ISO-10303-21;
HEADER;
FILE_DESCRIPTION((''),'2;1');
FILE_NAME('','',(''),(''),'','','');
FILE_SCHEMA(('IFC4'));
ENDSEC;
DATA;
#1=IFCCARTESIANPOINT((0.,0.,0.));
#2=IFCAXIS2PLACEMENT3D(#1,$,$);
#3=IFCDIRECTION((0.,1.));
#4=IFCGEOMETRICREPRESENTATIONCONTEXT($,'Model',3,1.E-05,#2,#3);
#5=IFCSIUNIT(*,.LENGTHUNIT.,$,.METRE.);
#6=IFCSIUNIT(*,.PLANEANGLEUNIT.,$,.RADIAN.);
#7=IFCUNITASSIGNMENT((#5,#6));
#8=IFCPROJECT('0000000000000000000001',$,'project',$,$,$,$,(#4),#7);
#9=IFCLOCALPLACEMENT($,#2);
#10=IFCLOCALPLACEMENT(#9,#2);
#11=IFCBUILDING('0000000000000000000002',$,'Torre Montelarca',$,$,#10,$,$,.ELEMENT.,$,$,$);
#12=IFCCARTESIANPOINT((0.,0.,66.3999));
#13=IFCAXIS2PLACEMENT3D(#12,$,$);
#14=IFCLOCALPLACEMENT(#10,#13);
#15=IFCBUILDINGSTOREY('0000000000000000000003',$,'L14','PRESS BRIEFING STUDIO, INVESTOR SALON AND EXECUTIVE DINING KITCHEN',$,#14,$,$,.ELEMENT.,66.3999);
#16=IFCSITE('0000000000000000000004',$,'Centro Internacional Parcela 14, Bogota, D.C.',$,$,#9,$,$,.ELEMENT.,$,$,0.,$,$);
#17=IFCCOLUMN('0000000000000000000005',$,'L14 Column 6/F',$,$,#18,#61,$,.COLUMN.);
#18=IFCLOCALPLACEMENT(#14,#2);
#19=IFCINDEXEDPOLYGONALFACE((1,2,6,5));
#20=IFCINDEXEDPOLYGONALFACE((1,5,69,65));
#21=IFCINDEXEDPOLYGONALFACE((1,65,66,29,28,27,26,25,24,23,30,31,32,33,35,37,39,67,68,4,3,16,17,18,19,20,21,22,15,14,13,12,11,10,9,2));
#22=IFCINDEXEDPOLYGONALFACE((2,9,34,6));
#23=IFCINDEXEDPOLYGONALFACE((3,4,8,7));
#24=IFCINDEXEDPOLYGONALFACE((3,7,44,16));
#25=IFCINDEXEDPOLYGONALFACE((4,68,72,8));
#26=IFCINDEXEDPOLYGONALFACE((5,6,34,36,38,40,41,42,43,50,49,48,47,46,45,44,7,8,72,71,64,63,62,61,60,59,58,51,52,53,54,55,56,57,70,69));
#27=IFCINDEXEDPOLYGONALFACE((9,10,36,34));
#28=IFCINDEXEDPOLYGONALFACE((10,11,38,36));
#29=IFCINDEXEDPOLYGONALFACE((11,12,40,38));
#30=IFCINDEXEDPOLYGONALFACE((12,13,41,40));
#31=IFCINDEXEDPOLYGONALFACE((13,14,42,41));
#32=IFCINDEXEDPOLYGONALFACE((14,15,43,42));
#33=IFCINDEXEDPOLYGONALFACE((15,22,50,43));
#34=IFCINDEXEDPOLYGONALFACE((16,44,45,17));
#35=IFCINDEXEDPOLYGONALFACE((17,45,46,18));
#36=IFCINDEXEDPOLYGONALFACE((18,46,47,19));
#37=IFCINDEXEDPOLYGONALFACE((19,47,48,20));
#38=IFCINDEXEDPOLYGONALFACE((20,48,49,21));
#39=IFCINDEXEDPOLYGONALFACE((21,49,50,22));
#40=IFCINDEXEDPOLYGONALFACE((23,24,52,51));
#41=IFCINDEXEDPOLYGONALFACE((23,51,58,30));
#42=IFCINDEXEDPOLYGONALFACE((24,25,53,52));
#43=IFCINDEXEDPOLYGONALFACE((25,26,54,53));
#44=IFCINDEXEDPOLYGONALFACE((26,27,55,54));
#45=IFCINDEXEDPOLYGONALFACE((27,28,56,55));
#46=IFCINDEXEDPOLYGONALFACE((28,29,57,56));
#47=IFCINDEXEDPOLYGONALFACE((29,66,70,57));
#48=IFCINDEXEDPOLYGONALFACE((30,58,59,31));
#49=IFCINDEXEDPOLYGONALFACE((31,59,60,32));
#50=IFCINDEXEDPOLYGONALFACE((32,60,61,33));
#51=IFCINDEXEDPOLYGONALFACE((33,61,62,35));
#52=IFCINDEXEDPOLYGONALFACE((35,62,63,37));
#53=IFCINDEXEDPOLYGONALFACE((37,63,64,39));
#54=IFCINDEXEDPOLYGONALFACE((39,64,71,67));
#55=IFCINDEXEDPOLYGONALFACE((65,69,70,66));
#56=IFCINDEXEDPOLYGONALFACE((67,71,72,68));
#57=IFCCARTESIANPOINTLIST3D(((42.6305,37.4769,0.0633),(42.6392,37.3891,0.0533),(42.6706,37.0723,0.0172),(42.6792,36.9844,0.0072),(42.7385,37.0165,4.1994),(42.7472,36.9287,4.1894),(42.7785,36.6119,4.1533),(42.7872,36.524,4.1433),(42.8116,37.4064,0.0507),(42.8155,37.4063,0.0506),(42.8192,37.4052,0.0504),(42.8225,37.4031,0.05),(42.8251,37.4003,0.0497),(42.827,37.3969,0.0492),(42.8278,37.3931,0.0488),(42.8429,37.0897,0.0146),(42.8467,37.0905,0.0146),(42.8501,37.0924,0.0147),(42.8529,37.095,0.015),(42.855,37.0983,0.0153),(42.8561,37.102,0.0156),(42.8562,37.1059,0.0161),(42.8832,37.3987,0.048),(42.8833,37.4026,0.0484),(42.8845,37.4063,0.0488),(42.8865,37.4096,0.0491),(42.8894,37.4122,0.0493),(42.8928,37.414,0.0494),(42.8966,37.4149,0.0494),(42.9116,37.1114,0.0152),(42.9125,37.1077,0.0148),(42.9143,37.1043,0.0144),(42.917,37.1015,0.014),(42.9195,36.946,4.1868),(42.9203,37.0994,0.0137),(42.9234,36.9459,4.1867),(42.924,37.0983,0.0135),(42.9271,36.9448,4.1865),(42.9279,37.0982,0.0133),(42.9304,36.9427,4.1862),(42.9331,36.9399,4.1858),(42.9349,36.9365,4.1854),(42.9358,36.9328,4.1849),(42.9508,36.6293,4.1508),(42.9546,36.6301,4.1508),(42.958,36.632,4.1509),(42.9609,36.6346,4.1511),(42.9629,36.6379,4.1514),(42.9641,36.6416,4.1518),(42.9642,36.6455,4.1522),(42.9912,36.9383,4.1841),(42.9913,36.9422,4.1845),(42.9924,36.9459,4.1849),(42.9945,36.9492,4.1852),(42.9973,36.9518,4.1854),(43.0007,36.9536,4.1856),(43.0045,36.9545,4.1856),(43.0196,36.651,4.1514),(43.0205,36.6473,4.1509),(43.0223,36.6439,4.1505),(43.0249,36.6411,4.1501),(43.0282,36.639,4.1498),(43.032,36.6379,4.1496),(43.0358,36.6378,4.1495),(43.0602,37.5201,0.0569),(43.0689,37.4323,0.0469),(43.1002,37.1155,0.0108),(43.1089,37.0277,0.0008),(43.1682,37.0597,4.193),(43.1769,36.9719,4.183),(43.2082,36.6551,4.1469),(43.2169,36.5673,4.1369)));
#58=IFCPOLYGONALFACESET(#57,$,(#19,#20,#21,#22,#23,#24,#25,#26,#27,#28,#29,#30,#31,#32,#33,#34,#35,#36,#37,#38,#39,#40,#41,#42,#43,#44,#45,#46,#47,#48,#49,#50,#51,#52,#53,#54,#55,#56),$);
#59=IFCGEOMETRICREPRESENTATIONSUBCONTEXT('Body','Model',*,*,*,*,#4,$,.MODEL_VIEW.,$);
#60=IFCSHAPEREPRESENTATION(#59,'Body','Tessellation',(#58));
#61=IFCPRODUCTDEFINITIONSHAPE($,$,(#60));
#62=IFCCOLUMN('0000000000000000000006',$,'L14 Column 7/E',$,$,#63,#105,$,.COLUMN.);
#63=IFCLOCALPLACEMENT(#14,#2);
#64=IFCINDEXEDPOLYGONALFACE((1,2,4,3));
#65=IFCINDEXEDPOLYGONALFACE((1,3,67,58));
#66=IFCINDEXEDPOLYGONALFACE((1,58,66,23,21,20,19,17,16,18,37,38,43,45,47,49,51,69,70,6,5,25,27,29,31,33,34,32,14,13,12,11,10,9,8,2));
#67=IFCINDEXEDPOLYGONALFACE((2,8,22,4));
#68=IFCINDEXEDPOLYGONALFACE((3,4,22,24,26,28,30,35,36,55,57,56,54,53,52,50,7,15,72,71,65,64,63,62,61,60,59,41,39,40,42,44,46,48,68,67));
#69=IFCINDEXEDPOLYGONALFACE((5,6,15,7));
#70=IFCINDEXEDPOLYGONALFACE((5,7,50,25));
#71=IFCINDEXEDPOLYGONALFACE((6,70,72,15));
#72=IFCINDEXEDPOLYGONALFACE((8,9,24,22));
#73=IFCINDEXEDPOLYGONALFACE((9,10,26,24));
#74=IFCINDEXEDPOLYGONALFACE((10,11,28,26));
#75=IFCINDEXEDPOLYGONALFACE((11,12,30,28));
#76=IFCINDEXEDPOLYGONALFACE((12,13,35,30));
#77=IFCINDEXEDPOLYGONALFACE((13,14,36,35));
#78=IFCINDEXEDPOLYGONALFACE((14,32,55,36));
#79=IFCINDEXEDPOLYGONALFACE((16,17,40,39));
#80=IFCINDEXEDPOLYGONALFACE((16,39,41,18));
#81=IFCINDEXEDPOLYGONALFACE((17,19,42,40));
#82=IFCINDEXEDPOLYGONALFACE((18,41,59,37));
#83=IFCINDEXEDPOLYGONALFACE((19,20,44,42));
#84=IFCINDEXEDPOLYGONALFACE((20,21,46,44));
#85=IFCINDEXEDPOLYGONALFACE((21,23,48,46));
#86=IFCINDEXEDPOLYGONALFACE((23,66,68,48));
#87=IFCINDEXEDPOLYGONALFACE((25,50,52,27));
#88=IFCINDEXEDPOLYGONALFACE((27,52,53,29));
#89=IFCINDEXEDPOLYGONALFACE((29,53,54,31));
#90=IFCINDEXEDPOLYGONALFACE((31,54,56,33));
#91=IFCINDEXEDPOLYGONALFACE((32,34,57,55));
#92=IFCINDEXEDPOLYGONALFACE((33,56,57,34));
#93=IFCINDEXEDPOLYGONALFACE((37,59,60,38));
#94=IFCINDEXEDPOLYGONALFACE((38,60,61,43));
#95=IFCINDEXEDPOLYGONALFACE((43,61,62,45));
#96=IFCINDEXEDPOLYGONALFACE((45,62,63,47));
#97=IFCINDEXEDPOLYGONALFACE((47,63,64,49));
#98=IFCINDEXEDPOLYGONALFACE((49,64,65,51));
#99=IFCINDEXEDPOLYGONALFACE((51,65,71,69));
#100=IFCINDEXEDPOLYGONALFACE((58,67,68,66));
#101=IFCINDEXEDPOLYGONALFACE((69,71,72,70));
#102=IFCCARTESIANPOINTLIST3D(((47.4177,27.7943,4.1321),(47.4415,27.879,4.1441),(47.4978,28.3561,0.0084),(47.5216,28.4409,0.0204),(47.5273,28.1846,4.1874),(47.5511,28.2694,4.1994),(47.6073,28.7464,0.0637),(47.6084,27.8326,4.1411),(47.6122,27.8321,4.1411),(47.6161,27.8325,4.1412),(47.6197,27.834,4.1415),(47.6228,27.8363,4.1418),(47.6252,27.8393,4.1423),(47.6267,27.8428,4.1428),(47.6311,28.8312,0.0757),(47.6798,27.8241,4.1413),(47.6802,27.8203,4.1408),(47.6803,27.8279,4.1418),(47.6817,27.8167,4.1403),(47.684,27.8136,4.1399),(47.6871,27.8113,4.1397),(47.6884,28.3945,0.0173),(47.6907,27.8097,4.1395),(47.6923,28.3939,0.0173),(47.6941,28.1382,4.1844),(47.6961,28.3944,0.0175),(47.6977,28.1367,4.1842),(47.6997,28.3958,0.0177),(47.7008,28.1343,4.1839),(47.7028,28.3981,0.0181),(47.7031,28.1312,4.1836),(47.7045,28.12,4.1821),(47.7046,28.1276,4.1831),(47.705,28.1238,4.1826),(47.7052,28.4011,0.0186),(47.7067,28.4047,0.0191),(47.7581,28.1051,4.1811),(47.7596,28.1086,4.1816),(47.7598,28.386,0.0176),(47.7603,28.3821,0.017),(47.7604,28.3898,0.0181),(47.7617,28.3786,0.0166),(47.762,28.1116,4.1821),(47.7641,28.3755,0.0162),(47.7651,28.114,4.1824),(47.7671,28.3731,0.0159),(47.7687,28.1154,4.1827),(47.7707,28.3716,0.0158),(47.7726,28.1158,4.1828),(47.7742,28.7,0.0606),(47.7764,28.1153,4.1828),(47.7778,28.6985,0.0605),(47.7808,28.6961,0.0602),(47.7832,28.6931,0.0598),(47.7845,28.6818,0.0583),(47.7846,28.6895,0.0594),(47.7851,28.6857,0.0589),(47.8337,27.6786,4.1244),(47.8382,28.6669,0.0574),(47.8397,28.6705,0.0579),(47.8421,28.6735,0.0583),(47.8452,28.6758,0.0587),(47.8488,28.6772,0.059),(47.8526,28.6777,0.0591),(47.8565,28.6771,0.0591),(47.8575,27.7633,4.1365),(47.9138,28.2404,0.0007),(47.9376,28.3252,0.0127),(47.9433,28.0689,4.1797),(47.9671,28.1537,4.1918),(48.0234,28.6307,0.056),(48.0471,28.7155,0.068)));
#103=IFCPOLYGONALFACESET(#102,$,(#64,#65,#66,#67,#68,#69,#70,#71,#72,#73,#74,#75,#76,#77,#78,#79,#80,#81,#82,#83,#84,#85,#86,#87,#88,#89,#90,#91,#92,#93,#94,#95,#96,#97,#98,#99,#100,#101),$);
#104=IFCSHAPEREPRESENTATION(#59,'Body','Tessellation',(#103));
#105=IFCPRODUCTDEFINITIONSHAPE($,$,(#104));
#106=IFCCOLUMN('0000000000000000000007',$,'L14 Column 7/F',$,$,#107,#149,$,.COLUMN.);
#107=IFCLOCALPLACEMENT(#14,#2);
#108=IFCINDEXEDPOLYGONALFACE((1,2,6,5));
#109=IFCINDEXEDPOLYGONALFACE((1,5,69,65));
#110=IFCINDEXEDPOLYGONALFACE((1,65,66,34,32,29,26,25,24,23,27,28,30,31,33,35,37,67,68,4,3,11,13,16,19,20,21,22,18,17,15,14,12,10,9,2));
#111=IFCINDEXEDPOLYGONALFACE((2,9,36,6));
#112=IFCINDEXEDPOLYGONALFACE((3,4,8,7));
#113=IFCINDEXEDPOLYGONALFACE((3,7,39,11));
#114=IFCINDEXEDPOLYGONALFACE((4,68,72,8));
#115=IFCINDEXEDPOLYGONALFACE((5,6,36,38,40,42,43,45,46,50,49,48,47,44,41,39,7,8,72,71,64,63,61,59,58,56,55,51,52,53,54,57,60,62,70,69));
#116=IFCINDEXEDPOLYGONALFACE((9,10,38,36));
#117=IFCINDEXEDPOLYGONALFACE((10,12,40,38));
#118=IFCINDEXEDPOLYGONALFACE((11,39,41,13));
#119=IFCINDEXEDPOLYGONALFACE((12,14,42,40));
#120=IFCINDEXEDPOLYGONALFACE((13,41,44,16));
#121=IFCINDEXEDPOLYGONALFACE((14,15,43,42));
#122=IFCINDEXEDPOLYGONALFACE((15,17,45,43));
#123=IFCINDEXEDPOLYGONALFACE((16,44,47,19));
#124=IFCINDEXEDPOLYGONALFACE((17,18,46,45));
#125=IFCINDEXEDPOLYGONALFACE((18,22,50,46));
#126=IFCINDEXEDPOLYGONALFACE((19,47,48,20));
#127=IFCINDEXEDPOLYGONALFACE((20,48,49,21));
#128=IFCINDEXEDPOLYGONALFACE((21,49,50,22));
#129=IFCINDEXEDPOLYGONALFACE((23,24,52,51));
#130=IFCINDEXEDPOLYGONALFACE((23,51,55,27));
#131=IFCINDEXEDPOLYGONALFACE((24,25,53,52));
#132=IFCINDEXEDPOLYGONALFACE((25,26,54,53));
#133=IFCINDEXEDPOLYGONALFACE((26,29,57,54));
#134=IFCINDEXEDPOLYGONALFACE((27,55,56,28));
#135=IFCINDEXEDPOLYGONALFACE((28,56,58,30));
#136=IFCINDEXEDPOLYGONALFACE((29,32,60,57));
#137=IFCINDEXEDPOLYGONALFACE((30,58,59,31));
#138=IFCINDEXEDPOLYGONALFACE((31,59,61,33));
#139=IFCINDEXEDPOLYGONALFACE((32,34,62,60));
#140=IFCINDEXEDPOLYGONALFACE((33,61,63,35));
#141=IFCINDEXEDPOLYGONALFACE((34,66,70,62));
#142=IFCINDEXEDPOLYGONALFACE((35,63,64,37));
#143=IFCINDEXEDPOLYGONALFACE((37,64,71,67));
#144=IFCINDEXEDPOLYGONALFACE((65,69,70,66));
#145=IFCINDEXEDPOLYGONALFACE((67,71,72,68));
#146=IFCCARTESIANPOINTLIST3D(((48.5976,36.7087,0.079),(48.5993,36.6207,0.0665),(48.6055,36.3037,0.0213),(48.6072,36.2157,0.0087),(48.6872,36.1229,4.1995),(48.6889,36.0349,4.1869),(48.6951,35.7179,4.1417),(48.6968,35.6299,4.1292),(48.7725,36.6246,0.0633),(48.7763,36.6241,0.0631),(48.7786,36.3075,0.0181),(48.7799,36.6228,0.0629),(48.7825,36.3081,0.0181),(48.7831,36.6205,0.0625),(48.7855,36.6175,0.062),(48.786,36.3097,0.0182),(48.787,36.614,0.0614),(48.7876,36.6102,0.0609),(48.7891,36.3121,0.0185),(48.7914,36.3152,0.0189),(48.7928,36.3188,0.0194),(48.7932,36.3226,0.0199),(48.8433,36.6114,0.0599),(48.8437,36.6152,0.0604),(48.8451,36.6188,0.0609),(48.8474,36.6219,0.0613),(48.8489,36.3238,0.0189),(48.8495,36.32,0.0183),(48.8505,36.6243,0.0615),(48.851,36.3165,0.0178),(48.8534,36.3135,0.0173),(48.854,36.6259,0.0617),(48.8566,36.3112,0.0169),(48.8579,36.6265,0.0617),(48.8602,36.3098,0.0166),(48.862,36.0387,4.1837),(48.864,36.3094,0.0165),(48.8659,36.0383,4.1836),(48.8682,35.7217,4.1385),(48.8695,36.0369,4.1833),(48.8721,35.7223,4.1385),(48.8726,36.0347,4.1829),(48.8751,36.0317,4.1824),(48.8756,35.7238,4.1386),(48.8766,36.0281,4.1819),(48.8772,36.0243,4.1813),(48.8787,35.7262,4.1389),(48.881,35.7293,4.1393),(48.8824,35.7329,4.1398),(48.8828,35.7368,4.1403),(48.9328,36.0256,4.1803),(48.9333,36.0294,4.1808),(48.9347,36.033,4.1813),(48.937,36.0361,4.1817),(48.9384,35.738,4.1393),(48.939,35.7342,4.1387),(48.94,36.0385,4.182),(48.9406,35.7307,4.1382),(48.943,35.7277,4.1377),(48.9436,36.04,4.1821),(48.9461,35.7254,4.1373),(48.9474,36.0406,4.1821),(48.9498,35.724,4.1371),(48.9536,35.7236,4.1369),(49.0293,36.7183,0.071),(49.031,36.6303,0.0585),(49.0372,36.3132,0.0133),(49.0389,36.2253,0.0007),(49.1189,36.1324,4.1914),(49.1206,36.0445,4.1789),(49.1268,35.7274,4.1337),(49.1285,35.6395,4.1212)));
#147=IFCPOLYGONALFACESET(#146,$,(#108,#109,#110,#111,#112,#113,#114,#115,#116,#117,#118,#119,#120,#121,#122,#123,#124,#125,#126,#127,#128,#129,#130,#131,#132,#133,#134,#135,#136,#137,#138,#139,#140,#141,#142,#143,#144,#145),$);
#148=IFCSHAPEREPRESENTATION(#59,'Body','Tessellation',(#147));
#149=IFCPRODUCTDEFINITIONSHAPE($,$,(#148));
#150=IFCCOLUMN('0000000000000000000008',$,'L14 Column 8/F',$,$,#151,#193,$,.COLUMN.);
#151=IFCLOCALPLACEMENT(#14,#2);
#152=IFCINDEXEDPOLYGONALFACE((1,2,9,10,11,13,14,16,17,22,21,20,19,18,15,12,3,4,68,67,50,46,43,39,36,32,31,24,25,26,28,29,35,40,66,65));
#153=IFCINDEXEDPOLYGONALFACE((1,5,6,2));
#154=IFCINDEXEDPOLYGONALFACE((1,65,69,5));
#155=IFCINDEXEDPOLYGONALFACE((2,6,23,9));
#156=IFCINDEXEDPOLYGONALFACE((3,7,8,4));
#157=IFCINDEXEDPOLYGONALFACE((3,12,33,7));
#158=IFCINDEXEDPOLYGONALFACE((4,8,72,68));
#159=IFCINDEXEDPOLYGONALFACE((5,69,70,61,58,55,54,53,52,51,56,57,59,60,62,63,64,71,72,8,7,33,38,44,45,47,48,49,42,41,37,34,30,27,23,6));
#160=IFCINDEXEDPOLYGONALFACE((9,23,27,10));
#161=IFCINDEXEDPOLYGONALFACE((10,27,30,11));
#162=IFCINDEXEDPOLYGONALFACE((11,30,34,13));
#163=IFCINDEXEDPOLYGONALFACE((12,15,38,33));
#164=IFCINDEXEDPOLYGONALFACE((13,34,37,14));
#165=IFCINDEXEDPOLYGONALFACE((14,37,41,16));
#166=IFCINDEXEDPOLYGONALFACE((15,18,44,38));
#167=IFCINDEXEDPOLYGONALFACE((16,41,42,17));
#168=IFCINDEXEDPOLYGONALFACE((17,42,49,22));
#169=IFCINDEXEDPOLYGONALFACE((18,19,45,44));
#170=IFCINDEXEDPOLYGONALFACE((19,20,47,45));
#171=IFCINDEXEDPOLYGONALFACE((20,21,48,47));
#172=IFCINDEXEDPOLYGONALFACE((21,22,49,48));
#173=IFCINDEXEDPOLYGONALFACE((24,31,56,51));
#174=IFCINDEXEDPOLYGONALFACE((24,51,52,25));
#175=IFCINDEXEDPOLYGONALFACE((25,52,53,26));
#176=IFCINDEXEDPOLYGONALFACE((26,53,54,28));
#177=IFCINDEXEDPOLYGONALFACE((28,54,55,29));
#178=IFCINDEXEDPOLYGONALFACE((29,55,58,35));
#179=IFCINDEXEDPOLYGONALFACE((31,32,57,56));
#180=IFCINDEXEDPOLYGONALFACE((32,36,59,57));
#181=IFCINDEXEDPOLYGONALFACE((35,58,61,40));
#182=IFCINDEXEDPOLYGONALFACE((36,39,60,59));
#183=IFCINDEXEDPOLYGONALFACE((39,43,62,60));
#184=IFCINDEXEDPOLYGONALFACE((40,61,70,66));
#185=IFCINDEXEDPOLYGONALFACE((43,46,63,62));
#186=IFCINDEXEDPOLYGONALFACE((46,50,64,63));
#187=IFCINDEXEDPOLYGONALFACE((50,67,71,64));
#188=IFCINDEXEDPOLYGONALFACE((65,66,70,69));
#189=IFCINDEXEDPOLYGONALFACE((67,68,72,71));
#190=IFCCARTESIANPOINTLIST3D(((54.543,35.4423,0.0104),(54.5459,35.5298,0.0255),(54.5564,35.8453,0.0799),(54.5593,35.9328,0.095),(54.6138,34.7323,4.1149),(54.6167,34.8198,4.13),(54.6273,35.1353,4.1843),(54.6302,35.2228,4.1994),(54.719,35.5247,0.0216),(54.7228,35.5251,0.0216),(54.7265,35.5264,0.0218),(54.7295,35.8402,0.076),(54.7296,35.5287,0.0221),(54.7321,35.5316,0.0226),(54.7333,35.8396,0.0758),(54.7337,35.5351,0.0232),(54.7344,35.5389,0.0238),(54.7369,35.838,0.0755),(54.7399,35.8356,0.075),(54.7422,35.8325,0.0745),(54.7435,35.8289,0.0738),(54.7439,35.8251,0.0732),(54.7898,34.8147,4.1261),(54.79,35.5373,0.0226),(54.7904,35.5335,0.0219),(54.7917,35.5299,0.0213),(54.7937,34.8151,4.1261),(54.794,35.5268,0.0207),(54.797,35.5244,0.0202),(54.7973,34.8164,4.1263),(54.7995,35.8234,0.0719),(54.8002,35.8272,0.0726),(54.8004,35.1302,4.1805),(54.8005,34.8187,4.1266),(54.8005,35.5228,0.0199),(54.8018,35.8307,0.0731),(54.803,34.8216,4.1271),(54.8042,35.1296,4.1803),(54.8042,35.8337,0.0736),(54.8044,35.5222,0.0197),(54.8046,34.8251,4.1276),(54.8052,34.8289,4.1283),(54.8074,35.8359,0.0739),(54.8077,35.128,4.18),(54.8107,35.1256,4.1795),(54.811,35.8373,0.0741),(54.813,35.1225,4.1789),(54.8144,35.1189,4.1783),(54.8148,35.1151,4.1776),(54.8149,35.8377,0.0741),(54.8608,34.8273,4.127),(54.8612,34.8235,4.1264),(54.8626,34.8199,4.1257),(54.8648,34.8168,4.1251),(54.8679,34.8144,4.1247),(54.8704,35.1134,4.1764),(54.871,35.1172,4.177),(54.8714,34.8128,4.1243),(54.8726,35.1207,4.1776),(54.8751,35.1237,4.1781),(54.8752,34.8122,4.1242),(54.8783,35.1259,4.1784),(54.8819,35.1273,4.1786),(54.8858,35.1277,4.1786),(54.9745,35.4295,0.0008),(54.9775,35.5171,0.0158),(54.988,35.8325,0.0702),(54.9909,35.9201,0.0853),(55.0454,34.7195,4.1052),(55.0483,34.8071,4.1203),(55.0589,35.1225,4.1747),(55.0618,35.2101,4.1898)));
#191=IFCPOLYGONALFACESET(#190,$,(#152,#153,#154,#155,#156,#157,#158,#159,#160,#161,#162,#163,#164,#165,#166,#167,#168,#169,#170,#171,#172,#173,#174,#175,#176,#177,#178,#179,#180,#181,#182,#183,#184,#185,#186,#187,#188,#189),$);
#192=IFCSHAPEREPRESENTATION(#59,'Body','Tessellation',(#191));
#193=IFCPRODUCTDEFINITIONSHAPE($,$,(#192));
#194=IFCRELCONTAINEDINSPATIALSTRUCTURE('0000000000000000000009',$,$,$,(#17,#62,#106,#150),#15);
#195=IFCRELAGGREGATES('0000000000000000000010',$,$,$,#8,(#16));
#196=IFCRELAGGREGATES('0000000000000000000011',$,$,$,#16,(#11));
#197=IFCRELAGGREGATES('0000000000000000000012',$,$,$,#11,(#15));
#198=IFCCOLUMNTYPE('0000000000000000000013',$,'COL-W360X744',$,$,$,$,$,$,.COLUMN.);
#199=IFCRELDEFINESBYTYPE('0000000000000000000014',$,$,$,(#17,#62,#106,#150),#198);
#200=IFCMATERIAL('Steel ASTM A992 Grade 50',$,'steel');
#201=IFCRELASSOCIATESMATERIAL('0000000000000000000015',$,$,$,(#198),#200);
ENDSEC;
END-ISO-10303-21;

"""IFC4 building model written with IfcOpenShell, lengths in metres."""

from ifc_helpers import new_model, si_unit, direction, frame, origin, origin_2d, place, context, subcontext, project, spatial, i_section, extrude, clip, halfspace, material, material_profile, profile_set, type_object, element, save


model = new_model("IFC4")

# Units and contexts
model_context = context("Model", 3, precision=1e-05, world=origin(), true_north=direction((0.0, 1.0)))
body_context = subcontext(model_context, "Body", "Model", "MODEL_VIEW")
ifc_project = project(units=[si_unit("LENGTHUNIT", "METRE"), si_unit("PLANEANGLEUNIT", "RADIAN")], contexts=[model_context])

# Site, building, storey
site_placement = place(None, origin())
site = spatial("IfcSite", under=ifc_project, at=site_placement, Name="Centro Internacional Parcela 14, Bogota, D.C.", CompositionType="ELEMENT", RefElevation=0.0)
building_placement = place(site_placement, origin())
building = spatial("IfcBuilding", under=site, at=building_placement, Name="Torre Montelarca", CompositionType="ELEMENT")
storey_placement = place(building_placement, frame((0.0, 0.0, 66.3999)))
storey = spatial("IfcBuildingStorey", under=building, at=storey_placement, Name="L14", Description="PRESS BRIEFING STUDIO, INVESTOR SALON AND EXECUTIVE DINING KITCHEN", CompositionType="ELEMENT", Elevation=66.3999)

# Columns
ifc_material_1 = material(Name="Steel ASTM A992 Grade 50", Category="steel")
ifc_material_profile_1 = material_profile(ifc_material_1, i_section(OverallWidth=0.4319, OverallDepth=0.498, WebThickness=0.0557, FlangeThickness=0.0889, FilletRadius=0.0149, at=origin_2d()), Name="W360X744", Category="steel")
ifc_profile_set_1 = profile_set([ifc_material_profile_1], Name="Steel ASTM A992 Grade 50")
column_type_1 = type_object("IfcColumnType", Name="COL-W360X744", PredefinedType="COLUMN", material=ifc_profile_set_1)
column_1_placement = place(storey_placement, frame((42.8689, 37.2559, 0.0), z_axis=(0.02593, -0.110591, 0.993528), x_axis=(-0.994871, -0.100064, 0.014826)))
element("IfcColumn", 1, at=column_1_placement, inside=storey, type_object=column_type_1, Name="L14 Column 6/F", PredefinedType="COLUMN", context=body_context, shape_type="Clipping", body=[
    clip(clip(extrude(i_section(OverallWidth=0.4319, OverallDepth=0.498, WebThickness=0.0557, FlangeThickness=0.0889, FilletRadius=0.0149, at=origin_2d()), origin(), (0.0, 0.0, 1.0), 4.2275), halfspace(frame((0.0, 0.0, 0.0322), z_axis=(0.0, 0.0, -1.0), x_axis=(1.0, 0.0, 0.0)), False)), halfspace(frame((0.0, 0.0, 4.1953), z_axis=(0.0, 0.0, 1.0), x_axis=(1.0, 0.0, 0.0)), False)),
])
column_2_placement = place(storey_placement, frame((47.7732, 28.541, 0.0), z_axis=(-0.019233, -0.134975, 0.990662), x_axis=(-0.96329, 0.267874, 0.017796)))
element("IfcColumn", 2, at=column_2_placement, inside=storey, type_object=column_type_1, Name="L14 Column 7/E", PredefinedType="COLUMN", context=body_context, shape_type="Clipping", body=[
    clip(clip(extrude(i_section(OverallWidth=0.4319, OverallDepth=0.498, WebThickness=0.0557, FlangeThickness=0.0889, FilletRadius=0.0149, at=origin_2d()), origin(), (0.0, 0.0, 1.0), 4.2397), halfspace(frame((0.0, 0.0, 0.0386), z_axis=(0.0, 0.0, -1.0), x_axis=(1.0, 0.0, 0.0)), False)), halfspace(frame((0.0, 0.0, 4.2012), z_axis=(0.0, 0.0, 1.0), x_axis=(1.0, 0.0, 0.0)), False)),
])
column_3_placement = place(storey_placement, frame((48.8174, 36.4727, 0.0), z_axis=(0.021518, -0.140728, 0.989814), x_axis=(-0.999582, -0.022141, 0.018582)))
element("IfcColumn", 3, at=column_3_placement, inside=storey, type_object=column_type_1, Name="L14 Column 7/F", PredefinedType="COLUMN", context=body_context, shape_type="Clipping", body=[
    clip(clip(extrude(i_section(OverallWidth=0.4319, OverallDepth=0.498, WebThickness=0.0557, FlangeThickness=0.0889, FilletRadius=0.0149, at=origin_2d()), origin(), (0.0, 0.0, 1.0), 4.2434), halfspace(frame((0.0, 0.0, 0.0403), z_axis=(0.0, 0.0, -1.0), x_axis=(1.0, 0.0, 0.0)), False)), halfspace(frame((0.0, 0.0, 4.2031), z_axis=(0.0, 0.0, 1.0), x_axis=(1.0, 0.0, 0.0)), False)),
])
column_4_placement = place(storey_placement, frame((54.7661, 35.6895, 0.0), z_axis=(0.017008, -0.170427, 0.985224), x_axis=(-0.999315, 0.029506, 0.022356)))
element("IfcColumn", 4, at=column_4_placement, inside=storey, type_object=column_type_1, Name="L14 Column 8/F", PredefinedType="COLUMN", context=body_context, shape_type="Clipping", body=[
    clip(clip(extrude(i_section(OverallWidth=0.4319, OverallDepth=0.498, WebThickness=0.0557, FlangeThickness=0.0889, FilletRadius=0.0149, at=origin_2d()), origin(), (0.0, 0.0, 1.0), 4.2632), halfspace(frame((0.0, 0.0, 0.0486), z_axis=(0.0, 0.0, -1.0), x_axis=(1.0, 0.0, 0.0)), False)), halfspace(frame((0.0, 0.0, 4.2146), z_axis=(0.0, 0.0, 1.0), x_axis=(1.0, 0.0, 0.0)), False)),
])

save(model, "model.ifc")
